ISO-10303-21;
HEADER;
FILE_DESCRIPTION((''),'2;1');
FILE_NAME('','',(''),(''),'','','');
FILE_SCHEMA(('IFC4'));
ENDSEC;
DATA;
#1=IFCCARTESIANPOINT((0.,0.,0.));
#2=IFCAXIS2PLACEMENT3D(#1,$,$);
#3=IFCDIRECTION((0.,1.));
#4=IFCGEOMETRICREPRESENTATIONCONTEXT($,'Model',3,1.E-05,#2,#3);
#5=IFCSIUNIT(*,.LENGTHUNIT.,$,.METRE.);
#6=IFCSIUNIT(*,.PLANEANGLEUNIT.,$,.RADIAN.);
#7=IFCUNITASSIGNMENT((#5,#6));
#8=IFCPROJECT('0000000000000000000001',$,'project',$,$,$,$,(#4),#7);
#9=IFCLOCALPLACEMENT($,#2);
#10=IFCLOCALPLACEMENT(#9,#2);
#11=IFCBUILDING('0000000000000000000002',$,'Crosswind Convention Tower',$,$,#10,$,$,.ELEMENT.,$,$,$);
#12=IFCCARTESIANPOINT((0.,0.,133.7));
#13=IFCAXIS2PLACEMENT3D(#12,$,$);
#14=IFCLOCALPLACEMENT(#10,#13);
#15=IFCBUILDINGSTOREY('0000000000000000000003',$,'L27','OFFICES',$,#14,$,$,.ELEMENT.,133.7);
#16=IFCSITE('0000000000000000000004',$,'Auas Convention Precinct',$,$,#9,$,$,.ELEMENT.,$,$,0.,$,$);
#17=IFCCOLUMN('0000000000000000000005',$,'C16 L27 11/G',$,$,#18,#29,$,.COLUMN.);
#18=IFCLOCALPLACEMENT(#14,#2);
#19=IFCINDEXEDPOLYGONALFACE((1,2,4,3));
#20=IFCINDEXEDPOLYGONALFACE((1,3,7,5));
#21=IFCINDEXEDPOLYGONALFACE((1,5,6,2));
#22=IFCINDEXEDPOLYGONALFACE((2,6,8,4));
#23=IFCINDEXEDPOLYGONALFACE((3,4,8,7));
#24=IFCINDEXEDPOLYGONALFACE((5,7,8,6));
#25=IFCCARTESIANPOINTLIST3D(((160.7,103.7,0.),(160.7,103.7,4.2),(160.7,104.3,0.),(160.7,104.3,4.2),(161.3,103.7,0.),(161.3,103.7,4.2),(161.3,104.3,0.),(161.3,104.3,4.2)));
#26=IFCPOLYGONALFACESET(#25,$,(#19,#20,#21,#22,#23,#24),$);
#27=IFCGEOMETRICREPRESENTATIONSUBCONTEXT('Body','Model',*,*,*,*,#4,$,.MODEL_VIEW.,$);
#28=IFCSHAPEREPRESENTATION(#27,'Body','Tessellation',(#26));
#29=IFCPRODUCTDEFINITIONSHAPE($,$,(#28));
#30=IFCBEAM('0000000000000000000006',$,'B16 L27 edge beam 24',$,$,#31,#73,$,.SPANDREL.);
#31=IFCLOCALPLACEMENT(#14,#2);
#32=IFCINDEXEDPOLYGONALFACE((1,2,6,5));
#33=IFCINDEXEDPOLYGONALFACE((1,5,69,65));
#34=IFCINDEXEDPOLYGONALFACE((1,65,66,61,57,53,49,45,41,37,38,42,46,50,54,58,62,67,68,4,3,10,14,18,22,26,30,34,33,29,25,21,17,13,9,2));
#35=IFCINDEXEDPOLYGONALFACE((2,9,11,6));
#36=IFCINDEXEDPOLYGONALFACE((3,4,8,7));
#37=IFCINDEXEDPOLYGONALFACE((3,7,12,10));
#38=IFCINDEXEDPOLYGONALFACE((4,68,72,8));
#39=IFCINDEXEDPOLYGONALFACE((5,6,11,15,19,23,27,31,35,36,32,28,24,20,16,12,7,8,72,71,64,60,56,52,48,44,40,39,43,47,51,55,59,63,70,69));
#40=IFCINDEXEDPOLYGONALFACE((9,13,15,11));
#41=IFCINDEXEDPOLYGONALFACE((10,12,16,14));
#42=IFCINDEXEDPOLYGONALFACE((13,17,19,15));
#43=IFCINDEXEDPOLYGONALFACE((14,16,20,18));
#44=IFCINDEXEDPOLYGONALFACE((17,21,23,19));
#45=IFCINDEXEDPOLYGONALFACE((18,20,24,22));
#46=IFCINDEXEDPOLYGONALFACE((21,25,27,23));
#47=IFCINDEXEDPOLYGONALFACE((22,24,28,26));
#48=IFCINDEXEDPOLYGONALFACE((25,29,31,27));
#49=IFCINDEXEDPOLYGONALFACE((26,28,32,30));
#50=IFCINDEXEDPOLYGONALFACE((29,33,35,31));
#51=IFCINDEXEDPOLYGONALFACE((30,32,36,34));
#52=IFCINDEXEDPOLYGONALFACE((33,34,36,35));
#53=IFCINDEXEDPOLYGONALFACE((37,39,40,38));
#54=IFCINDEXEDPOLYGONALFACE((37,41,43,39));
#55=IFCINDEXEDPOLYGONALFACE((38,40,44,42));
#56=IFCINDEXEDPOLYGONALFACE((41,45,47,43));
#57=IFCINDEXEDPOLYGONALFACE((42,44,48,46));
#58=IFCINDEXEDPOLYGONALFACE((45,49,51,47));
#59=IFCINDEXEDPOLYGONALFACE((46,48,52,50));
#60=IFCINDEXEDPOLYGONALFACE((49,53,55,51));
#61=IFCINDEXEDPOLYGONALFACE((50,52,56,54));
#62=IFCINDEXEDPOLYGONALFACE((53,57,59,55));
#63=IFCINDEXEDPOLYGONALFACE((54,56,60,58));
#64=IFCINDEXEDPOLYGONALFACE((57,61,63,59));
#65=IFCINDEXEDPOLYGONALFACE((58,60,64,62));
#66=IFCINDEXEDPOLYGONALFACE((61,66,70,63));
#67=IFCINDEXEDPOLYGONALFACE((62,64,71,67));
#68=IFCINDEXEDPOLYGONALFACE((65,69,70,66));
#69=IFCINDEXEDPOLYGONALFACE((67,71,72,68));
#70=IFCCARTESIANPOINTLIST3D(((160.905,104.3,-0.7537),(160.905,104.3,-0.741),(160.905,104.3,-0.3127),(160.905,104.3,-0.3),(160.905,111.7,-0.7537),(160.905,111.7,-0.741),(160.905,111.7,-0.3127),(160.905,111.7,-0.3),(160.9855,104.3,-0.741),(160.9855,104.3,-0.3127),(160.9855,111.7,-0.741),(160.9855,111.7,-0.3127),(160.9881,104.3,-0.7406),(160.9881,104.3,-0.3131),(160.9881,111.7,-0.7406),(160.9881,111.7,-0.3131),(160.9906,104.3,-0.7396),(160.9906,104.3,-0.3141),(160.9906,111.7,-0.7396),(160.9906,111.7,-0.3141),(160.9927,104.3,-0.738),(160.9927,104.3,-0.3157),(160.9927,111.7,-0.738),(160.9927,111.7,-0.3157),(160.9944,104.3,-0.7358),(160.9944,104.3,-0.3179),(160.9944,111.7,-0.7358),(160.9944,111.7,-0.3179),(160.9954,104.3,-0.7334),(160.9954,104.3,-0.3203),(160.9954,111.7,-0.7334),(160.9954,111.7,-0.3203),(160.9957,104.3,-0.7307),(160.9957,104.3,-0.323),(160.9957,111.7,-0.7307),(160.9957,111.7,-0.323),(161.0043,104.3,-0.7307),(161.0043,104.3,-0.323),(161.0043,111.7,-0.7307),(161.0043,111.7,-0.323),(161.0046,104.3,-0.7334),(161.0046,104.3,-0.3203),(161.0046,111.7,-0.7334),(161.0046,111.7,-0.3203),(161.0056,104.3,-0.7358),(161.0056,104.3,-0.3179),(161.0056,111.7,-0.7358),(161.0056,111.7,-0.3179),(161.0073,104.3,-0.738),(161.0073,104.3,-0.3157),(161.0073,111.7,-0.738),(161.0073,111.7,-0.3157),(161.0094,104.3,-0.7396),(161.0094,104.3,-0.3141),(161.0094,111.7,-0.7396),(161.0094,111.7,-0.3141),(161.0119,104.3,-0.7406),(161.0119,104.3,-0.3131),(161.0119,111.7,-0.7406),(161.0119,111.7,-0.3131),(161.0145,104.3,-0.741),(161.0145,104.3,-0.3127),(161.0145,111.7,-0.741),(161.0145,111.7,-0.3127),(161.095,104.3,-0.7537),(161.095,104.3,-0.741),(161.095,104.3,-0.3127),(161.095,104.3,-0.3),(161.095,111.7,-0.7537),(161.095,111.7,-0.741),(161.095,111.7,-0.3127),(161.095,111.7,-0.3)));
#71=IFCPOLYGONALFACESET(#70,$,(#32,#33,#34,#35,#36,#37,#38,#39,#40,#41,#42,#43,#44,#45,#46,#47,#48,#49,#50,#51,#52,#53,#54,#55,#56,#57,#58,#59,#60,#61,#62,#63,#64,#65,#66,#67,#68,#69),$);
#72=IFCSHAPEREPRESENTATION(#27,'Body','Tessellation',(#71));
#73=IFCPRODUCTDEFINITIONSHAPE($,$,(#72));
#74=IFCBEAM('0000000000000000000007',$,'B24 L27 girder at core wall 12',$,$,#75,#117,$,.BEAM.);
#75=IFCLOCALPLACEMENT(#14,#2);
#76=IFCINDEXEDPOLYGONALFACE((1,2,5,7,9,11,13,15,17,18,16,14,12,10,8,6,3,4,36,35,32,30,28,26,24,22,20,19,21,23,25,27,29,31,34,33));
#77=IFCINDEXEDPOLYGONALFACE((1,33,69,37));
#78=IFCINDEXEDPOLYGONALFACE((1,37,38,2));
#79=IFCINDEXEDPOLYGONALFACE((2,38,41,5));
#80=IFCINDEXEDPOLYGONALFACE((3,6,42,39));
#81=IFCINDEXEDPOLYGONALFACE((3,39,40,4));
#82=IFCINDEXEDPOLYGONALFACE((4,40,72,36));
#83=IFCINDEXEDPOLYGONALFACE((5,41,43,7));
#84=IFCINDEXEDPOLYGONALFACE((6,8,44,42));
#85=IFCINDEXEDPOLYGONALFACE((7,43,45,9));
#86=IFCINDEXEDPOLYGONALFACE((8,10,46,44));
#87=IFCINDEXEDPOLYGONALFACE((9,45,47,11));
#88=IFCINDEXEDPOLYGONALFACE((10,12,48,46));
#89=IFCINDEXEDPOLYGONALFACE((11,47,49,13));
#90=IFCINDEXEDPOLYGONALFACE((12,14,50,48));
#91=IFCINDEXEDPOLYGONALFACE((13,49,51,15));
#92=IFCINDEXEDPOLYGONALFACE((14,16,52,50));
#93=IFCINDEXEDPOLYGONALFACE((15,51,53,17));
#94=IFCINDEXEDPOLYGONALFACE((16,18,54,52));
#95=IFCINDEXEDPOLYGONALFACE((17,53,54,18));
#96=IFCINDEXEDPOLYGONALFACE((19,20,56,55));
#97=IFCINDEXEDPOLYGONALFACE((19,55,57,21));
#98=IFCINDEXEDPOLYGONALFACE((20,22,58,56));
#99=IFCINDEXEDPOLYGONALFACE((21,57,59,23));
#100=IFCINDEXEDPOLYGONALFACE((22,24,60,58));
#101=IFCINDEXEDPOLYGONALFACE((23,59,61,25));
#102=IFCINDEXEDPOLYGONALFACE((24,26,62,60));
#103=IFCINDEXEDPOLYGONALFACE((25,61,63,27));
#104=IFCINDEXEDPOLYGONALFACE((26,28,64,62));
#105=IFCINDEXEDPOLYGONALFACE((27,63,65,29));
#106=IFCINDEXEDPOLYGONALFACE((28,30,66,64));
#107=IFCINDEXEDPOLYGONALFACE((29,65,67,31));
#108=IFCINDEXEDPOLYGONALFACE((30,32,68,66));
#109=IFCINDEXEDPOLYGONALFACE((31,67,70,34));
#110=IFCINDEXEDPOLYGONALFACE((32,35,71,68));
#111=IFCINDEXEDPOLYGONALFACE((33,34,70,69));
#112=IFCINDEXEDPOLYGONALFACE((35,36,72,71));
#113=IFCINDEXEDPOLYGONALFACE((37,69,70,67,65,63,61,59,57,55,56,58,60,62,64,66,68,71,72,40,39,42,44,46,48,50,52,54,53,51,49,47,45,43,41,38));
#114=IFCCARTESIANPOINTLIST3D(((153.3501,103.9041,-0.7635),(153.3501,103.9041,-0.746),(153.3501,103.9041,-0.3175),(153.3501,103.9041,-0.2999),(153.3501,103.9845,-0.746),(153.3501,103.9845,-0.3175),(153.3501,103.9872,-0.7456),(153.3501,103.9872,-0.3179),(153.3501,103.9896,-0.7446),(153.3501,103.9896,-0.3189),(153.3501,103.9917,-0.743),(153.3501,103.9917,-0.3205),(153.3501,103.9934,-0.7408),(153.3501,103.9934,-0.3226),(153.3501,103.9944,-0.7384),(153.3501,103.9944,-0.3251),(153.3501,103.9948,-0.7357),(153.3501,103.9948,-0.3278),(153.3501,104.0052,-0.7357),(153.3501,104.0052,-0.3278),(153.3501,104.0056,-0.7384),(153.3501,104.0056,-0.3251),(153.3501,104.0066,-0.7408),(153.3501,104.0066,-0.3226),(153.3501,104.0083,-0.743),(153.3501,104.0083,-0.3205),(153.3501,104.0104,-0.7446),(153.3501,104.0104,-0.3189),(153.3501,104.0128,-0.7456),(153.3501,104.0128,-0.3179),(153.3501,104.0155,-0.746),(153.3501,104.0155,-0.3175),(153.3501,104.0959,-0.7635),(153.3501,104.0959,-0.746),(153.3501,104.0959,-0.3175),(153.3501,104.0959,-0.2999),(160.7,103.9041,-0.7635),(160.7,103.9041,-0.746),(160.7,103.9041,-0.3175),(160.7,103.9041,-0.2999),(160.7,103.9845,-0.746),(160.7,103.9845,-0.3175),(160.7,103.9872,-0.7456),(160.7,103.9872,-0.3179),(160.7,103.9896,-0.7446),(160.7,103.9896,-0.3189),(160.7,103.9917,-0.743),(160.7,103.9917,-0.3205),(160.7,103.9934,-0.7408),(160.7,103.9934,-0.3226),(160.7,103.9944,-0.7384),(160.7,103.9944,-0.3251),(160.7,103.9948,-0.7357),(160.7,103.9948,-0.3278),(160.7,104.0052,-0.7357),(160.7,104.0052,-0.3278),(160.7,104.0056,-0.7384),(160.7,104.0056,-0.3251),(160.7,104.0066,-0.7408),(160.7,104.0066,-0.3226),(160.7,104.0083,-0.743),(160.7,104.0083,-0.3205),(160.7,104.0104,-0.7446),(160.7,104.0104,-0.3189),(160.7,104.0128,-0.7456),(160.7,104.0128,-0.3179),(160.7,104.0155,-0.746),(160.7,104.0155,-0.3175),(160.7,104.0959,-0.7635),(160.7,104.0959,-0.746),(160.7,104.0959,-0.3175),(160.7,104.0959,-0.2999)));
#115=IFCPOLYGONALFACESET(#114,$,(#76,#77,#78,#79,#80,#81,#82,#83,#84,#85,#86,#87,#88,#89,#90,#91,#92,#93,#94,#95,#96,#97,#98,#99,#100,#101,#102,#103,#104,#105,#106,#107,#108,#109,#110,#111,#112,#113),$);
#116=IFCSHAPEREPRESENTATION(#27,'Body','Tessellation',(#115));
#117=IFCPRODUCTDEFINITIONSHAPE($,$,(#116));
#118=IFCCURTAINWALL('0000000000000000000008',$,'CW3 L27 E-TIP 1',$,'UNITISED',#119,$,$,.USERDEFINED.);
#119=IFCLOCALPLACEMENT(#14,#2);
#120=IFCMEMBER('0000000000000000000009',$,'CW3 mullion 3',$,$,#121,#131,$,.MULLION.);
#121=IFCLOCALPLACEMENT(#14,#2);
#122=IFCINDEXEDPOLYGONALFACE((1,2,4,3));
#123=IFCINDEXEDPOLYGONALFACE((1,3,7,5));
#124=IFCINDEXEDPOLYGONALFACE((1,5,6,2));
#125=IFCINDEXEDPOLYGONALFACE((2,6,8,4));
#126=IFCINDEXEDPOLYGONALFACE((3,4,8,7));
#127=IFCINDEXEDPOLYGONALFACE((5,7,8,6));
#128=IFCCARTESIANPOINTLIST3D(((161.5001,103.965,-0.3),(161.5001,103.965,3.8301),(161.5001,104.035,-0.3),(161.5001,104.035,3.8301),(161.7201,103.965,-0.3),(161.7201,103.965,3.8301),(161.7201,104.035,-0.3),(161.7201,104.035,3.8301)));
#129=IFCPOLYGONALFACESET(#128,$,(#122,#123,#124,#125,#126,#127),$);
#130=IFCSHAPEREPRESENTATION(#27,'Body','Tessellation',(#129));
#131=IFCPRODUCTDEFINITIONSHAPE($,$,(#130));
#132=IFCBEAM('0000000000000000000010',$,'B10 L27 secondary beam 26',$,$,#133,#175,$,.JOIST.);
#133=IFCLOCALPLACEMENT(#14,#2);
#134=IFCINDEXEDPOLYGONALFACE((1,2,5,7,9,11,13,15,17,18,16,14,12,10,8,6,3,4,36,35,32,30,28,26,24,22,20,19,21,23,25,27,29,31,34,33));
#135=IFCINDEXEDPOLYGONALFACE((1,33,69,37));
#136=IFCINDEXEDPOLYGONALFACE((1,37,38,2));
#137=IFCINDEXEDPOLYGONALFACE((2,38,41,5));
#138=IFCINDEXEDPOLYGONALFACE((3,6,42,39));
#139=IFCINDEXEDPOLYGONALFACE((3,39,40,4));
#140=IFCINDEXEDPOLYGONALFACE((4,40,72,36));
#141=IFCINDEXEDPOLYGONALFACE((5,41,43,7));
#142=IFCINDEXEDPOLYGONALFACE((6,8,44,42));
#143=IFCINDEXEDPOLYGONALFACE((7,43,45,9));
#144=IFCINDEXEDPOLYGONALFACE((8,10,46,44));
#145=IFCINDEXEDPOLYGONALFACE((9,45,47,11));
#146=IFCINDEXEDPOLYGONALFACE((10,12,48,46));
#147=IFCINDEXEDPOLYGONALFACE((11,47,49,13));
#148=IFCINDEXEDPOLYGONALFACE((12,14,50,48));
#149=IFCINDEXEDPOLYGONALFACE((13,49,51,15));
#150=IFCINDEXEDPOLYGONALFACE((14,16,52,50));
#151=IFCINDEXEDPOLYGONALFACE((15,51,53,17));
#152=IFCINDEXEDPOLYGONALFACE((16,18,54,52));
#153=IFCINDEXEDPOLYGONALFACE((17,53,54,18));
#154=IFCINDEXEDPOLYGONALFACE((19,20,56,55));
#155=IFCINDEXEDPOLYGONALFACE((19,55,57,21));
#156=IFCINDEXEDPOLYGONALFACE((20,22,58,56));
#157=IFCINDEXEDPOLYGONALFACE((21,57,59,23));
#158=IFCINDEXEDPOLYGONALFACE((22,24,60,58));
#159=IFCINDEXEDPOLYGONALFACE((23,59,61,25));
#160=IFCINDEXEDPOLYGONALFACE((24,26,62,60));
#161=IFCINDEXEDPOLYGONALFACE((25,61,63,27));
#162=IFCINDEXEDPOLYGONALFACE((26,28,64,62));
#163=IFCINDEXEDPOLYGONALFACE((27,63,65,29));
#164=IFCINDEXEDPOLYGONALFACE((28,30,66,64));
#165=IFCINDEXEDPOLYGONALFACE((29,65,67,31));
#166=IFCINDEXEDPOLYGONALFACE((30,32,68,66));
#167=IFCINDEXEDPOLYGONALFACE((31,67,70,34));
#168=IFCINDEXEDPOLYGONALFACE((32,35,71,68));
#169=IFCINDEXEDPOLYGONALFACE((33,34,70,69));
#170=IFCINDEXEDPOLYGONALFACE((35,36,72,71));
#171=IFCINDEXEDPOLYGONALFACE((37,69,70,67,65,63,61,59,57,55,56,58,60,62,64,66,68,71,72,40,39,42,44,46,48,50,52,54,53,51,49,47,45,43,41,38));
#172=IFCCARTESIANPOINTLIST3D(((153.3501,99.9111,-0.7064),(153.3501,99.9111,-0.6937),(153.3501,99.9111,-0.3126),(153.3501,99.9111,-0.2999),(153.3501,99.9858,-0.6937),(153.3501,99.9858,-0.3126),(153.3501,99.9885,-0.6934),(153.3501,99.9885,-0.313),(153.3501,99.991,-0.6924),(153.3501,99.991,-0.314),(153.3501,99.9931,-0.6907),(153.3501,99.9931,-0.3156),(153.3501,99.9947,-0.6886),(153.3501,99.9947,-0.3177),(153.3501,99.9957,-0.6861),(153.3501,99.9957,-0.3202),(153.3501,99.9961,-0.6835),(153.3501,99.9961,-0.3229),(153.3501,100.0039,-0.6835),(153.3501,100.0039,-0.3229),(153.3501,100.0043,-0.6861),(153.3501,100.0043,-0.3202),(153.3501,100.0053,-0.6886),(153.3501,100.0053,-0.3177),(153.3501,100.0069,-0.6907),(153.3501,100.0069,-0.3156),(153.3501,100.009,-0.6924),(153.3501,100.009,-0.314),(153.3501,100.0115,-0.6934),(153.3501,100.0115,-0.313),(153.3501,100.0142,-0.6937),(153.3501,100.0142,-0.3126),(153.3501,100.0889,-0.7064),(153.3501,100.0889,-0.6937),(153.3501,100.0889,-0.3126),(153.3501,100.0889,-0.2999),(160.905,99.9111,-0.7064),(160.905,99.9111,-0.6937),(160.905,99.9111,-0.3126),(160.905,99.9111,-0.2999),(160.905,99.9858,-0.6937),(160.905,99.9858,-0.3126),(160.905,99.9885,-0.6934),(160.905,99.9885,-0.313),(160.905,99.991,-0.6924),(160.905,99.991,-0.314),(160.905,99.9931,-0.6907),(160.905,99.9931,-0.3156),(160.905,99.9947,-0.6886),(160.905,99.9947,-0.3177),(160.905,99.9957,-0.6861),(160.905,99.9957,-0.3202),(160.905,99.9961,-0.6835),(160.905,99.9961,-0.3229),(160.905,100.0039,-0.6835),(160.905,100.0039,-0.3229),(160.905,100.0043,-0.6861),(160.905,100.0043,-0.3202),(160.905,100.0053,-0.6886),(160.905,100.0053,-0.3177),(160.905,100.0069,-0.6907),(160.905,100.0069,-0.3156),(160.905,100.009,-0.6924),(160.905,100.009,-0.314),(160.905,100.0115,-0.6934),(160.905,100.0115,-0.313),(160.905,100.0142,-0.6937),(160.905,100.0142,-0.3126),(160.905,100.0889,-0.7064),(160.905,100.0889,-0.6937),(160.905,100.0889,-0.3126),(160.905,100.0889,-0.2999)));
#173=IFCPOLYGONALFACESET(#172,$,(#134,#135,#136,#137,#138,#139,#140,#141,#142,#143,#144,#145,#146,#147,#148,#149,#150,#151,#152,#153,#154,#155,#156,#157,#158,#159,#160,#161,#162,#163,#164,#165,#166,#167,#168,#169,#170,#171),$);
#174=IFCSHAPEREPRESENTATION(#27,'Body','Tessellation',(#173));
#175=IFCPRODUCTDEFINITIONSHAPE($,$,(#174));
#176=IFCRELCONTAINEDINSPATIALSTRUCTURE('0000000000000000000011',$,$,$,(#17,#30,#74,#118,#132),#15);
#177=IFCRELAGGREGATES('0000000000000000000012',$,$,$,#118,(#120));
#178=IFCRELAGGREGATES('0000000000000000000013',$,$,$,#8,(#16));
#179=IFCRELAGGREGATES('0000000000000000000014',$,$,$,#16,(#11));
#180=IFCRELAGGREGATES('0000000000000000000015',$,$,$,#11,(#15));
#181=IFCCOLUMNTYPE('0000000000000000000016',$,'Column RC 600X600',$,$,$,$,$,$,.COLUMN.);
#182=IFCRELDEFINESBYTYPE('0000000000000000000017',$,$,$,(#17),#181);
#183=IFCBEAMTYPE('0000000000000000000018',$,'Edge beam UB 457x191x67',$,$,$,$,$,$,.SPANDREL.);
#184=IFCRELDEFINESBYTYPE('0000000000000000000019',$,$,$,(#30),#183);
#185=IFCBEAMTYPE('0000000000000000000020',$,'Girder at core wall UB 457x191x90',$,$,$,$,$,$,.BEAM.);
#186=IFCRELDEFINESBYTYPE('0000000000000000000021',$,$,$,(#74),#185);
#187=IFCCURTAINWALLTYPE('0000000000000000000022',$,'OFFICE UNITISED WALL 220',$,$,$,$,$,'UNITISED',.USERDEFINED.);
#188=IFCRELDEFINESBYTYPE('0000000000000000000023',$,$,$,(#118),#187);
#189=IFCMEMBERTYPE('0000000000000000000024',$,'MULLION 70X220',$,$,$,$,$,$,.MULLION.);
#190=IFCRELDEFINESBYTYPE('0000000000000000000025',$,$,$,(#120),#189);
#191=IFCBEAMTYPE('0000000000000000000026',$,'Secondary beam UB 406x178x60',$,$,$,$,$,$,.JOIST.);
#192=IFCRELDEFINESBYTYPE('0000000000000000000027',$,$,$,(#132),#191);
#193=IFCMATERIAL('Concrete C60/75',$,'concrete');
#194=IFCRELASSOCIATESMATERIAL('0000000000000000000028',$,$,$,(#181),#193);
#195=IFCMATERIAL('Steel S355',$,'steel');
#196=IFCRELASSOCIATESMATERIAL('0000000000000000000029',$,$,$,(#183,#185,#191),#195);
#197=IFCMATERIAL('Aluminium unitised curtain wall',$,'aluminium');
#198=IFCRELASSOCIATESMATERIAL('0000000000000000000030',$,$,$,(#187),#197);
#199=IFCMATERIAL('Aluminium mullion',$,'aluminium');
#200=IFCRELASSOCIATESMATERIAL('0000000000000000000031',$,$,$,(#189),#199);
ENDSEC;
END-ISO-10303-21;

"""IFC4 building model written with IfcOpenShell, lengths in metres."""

from ifc_helpers import new_model, si_unit, direction, frame, origin, origin_2d, place, context, subcontext, project, spatial, rectangle, i_section, extrude, material, material_profile, profile_set, type_object, element, aggregate, save


model = new_model("IFC4")

# Units and contexts
model_context = context("Model", 3, precision=1e-05, world=origin(), true_north=direction((0.0, 1.0)))
body_context = subcontext(model_context, "Body", "Model", "MODEL_VIEW")
ifc_project = project(units=[si_unit("LENGTHUNIT", "METRE"), si_unit("PLANEANGLEUNIT", "RADIAN")], contexts=[model_context])

# Site, building, storey
site_placement = place(None, origin())
site = spatial("IfcSite", under=ifc_project, at=site_placement, Name="Auas Convention Precinct", CompositionType="ELEMENT", RefElevation=0.0)
building_placement = place(site_placement, origin())
building = spatial("IfcBuilding", under=site, at=building_placement, Name="Crosswind Convention Tower", CompositionType="ELEMENT")
storey_placement = place(building_placement, frame((0.0, 0.0, 133.7)))
storey = spatial("IfcBuildingStorey", under=building, at=storey_placement, Name="L27", Description="OFFICES", CompositionType="ELEMENT", Elevation=133.7)

# Column
ifc_material_1 = material(Name="Concrete C60/75", Category="concrete")
ifc_material_profile_1 = material_profile(ifc_material_1, rectangle(XDim=0.6001, YDim=0.6001, at=origin_2d()), Name="RC 600X600")
ifc_profile_set_1 = profile_set([ifc_material_profile_1], Name="Concrete C60/75")
column_type = type_object("IfcColumnType", Name="Column RC 600X600", PredefinedType="COLUMN", material=ifc_profile_set_1)
column_placement = place(storey_placement, frame((161.0, 104.0, 0.0), z_axis=(0.0, 0.0, 1.0), x_axis=(1.0, 0.0, 0.0)))
element("IfcColumn", 1, at=column_placement, inside=storey, type_object=column_type, Name="C16 L27 11/G", PredefinedType="COLUMN", context=body_context, shape_type="SweptSolid", body=[
    extrude(rectangle(XDim=0.6001, YDim=0.6001, at=origin_2d()), origin(), (0.0, 0.0, 1.0), 4.2),
])

# Beams
ifc_material_2 = material(Name="Steel S355", Category="steel")
ifc_material_profile_2 = material_profile(ifc_material_2, i_section(OverallWidth=0.1899, OverallDepth=0.4536, WebThickness=0.0085, FlangeThickness=0.0127, FilletRadius=0.0103, at=origin_2d()), Name="UB 457x191x67")
ifc_profile_set_2 = profile_set([ifc_material_profile_2], Name="Steel S355")
beam_type_1 = type_object("IfcBeamType", Name="Edge beam UB 457x191x67", PredefinedType="SPANDREL", material=ifc_profile_set_2)
beam_1_placement = place(storey_placement, frame((161.0, 104.3, -0.5269), z_axis=(0.0, 1.0, 0.0), x_axis=(-1.0, 0.0, 0.0)))
element("IfcBeam", 2, at=beam_1_placement, inside=storey, type_object=beam_type_1, Name="B16 L27 edge beam 24", PredefinedType="SPANDREL", context=body_context, shape_type="SweptSolid", body=[
    extrude(i_section(OverallWidth=0.1899, OverallDepth=0.4536, WebThickness=0.0085, FlangeThickness=0.0127, FilletRadius=0.0103, at=origin_2d()), origin(), (0.0, 0.0, 1.0), 7.3999),
])
ifc_material_profile_3 = material_profile(ifc_material_2, i_section(OverallWidth=0.1919, OverallDepth=0.4636, WebThickness=0.0105, FlangeThickness=0.0176, FilletRadius=0.0103, at=origin_2d()), Name="UB 457x191x90")
ifc_profile_set_3 = profile_set([ifc_material_profile_3], Name="Steel S355")
beam_type_2 = type_object("IfcBeamType", Name="Girder at core wall UB 457x191x90", PredefinedType="BEAM", material=ifc_profile_set_3)
beam_2_placement = place(storey_placement, frame((153.3501, 104.0, -0.5317), z_axis=(1.0, 0.0, 0.0), x_axis=(0.0, 1.0, 0.0)))
element("IfcBeam", 3, at=beam_2_placement, inside=storey, type_object=beam_type_2, Name="B24 L27 girder at core wall 12", PredefinedType="BEAM", context=body_context, shape_type="SweptSolid", body=[
    extrude(i_section(OverallWidth=0.1919, OverallDepth=0.4636, WebThickness=0.0105, FlangeThickness=0.0176, FilletRadius=0.0103, at=origin_2d()), origin(), (0.0, 0.0, 1.0), 7.3499),
])

# Curtain wall, member
ifc_material_3 = material(Name="Aluminium unitised curtain wall", Category="aluminium")
curtain_wall_type = type_object("IfcCurtainWallType", Name="OFFICE UNITISED WALL 220", ElementType="UNITISED", PredefinedType="USERDEFINED", material=ifc_material_3)
curtain_wall_placement = place(storey_placement, origin())
curtain_wall = element("IfcCurtainWall", 4, at=curtain_wall_placement, inside=storey, type_object=curtain_wall_type, Name="CW3 L27 E-TIP 1", ObjectType="UNITISED", PredefinedType="USERDEFINED")
ifc_material_4 = material(Name="Aluminium mullion", Category="aluminium")
ifc_material_profile_4 = material_profile(ifc_material_4, rectangle(XDim=0.22, YDim=0.0701, at=origin_2d()), Name="AL 220X70")
ifc_profile_set_4 = profile_set([ifc_material_profile_4], Name="Aluminium mullion")
member_type = type_object("IfcMemberType", Name="MULLION 70X220", PredefinedType="MULLION", material=ifc_profile_set_4)
member_placement = place(storey_placement, frame((161.6101, 104.0, -0.3), z_axis=(0.0, 0.0, 1.0), x_axis=(1.0, 0.0, 0.0)))
member = element("IfcMember", 5, at=member_placement, type_object=member_type, Name="CW3 mullion 3", PredefinedType="MULLION", context=body_context, shape_type="SweptSolid", body=[
    extrude(rectangle(XDim=0.22, YDim=0.0701, at=origin_2d()), origin(), (0.0, 0.0, 1.0), 4.1301),
])

# Beam
ifc_material_profile_5 = material_profile(ifc_material_2, i_section(OverallWidth=0.1777, OverallDepth=0.4065, WebThickness=0.0078, FlangeThickness=0.0127, FilletRadius=0.0103, at=origin_2d()), Name="UB 406x178x60")
ifc_profile_set_5 = profile_set([ifc_material_profile_5], Name="Steel S355")
beam_type_3 = type_object("IfcBeamType", Name="Secondary beam UB 406x178x60", PredefinedType="JOIST", material=ifc_profile_set_5)
for number, where, z_axis, x_axis, name in (
    (6, (153.3501, 100.0, -0.5032), (1.0, 0.0, 0.0), (0.0, 1.0, 0.0), "B10 L27 secondary beam 26"),
):
    element("IfcBeam", number, at=place(storey_placement, frame(where, z_axis=z_axis, x_axis=x_axis)), inside=storey, type_object=beam_type_3, Name=name, PredefinedType="JOIST", context=body_context, shape_type="SweptSolid", body=[
        extrude(i_section(OverallWidth=0.1777, OverallDepth=0.4065, WebThickness=0.0078, FlangeThickness=0.0127, FilletRadius=0.0103, at=origin_2d()), origin(), (0.0, 0.0, 1.0), 7.5549),
    ])

aggregate(curtain_wall, [member])

save(model, "model.ifc")
